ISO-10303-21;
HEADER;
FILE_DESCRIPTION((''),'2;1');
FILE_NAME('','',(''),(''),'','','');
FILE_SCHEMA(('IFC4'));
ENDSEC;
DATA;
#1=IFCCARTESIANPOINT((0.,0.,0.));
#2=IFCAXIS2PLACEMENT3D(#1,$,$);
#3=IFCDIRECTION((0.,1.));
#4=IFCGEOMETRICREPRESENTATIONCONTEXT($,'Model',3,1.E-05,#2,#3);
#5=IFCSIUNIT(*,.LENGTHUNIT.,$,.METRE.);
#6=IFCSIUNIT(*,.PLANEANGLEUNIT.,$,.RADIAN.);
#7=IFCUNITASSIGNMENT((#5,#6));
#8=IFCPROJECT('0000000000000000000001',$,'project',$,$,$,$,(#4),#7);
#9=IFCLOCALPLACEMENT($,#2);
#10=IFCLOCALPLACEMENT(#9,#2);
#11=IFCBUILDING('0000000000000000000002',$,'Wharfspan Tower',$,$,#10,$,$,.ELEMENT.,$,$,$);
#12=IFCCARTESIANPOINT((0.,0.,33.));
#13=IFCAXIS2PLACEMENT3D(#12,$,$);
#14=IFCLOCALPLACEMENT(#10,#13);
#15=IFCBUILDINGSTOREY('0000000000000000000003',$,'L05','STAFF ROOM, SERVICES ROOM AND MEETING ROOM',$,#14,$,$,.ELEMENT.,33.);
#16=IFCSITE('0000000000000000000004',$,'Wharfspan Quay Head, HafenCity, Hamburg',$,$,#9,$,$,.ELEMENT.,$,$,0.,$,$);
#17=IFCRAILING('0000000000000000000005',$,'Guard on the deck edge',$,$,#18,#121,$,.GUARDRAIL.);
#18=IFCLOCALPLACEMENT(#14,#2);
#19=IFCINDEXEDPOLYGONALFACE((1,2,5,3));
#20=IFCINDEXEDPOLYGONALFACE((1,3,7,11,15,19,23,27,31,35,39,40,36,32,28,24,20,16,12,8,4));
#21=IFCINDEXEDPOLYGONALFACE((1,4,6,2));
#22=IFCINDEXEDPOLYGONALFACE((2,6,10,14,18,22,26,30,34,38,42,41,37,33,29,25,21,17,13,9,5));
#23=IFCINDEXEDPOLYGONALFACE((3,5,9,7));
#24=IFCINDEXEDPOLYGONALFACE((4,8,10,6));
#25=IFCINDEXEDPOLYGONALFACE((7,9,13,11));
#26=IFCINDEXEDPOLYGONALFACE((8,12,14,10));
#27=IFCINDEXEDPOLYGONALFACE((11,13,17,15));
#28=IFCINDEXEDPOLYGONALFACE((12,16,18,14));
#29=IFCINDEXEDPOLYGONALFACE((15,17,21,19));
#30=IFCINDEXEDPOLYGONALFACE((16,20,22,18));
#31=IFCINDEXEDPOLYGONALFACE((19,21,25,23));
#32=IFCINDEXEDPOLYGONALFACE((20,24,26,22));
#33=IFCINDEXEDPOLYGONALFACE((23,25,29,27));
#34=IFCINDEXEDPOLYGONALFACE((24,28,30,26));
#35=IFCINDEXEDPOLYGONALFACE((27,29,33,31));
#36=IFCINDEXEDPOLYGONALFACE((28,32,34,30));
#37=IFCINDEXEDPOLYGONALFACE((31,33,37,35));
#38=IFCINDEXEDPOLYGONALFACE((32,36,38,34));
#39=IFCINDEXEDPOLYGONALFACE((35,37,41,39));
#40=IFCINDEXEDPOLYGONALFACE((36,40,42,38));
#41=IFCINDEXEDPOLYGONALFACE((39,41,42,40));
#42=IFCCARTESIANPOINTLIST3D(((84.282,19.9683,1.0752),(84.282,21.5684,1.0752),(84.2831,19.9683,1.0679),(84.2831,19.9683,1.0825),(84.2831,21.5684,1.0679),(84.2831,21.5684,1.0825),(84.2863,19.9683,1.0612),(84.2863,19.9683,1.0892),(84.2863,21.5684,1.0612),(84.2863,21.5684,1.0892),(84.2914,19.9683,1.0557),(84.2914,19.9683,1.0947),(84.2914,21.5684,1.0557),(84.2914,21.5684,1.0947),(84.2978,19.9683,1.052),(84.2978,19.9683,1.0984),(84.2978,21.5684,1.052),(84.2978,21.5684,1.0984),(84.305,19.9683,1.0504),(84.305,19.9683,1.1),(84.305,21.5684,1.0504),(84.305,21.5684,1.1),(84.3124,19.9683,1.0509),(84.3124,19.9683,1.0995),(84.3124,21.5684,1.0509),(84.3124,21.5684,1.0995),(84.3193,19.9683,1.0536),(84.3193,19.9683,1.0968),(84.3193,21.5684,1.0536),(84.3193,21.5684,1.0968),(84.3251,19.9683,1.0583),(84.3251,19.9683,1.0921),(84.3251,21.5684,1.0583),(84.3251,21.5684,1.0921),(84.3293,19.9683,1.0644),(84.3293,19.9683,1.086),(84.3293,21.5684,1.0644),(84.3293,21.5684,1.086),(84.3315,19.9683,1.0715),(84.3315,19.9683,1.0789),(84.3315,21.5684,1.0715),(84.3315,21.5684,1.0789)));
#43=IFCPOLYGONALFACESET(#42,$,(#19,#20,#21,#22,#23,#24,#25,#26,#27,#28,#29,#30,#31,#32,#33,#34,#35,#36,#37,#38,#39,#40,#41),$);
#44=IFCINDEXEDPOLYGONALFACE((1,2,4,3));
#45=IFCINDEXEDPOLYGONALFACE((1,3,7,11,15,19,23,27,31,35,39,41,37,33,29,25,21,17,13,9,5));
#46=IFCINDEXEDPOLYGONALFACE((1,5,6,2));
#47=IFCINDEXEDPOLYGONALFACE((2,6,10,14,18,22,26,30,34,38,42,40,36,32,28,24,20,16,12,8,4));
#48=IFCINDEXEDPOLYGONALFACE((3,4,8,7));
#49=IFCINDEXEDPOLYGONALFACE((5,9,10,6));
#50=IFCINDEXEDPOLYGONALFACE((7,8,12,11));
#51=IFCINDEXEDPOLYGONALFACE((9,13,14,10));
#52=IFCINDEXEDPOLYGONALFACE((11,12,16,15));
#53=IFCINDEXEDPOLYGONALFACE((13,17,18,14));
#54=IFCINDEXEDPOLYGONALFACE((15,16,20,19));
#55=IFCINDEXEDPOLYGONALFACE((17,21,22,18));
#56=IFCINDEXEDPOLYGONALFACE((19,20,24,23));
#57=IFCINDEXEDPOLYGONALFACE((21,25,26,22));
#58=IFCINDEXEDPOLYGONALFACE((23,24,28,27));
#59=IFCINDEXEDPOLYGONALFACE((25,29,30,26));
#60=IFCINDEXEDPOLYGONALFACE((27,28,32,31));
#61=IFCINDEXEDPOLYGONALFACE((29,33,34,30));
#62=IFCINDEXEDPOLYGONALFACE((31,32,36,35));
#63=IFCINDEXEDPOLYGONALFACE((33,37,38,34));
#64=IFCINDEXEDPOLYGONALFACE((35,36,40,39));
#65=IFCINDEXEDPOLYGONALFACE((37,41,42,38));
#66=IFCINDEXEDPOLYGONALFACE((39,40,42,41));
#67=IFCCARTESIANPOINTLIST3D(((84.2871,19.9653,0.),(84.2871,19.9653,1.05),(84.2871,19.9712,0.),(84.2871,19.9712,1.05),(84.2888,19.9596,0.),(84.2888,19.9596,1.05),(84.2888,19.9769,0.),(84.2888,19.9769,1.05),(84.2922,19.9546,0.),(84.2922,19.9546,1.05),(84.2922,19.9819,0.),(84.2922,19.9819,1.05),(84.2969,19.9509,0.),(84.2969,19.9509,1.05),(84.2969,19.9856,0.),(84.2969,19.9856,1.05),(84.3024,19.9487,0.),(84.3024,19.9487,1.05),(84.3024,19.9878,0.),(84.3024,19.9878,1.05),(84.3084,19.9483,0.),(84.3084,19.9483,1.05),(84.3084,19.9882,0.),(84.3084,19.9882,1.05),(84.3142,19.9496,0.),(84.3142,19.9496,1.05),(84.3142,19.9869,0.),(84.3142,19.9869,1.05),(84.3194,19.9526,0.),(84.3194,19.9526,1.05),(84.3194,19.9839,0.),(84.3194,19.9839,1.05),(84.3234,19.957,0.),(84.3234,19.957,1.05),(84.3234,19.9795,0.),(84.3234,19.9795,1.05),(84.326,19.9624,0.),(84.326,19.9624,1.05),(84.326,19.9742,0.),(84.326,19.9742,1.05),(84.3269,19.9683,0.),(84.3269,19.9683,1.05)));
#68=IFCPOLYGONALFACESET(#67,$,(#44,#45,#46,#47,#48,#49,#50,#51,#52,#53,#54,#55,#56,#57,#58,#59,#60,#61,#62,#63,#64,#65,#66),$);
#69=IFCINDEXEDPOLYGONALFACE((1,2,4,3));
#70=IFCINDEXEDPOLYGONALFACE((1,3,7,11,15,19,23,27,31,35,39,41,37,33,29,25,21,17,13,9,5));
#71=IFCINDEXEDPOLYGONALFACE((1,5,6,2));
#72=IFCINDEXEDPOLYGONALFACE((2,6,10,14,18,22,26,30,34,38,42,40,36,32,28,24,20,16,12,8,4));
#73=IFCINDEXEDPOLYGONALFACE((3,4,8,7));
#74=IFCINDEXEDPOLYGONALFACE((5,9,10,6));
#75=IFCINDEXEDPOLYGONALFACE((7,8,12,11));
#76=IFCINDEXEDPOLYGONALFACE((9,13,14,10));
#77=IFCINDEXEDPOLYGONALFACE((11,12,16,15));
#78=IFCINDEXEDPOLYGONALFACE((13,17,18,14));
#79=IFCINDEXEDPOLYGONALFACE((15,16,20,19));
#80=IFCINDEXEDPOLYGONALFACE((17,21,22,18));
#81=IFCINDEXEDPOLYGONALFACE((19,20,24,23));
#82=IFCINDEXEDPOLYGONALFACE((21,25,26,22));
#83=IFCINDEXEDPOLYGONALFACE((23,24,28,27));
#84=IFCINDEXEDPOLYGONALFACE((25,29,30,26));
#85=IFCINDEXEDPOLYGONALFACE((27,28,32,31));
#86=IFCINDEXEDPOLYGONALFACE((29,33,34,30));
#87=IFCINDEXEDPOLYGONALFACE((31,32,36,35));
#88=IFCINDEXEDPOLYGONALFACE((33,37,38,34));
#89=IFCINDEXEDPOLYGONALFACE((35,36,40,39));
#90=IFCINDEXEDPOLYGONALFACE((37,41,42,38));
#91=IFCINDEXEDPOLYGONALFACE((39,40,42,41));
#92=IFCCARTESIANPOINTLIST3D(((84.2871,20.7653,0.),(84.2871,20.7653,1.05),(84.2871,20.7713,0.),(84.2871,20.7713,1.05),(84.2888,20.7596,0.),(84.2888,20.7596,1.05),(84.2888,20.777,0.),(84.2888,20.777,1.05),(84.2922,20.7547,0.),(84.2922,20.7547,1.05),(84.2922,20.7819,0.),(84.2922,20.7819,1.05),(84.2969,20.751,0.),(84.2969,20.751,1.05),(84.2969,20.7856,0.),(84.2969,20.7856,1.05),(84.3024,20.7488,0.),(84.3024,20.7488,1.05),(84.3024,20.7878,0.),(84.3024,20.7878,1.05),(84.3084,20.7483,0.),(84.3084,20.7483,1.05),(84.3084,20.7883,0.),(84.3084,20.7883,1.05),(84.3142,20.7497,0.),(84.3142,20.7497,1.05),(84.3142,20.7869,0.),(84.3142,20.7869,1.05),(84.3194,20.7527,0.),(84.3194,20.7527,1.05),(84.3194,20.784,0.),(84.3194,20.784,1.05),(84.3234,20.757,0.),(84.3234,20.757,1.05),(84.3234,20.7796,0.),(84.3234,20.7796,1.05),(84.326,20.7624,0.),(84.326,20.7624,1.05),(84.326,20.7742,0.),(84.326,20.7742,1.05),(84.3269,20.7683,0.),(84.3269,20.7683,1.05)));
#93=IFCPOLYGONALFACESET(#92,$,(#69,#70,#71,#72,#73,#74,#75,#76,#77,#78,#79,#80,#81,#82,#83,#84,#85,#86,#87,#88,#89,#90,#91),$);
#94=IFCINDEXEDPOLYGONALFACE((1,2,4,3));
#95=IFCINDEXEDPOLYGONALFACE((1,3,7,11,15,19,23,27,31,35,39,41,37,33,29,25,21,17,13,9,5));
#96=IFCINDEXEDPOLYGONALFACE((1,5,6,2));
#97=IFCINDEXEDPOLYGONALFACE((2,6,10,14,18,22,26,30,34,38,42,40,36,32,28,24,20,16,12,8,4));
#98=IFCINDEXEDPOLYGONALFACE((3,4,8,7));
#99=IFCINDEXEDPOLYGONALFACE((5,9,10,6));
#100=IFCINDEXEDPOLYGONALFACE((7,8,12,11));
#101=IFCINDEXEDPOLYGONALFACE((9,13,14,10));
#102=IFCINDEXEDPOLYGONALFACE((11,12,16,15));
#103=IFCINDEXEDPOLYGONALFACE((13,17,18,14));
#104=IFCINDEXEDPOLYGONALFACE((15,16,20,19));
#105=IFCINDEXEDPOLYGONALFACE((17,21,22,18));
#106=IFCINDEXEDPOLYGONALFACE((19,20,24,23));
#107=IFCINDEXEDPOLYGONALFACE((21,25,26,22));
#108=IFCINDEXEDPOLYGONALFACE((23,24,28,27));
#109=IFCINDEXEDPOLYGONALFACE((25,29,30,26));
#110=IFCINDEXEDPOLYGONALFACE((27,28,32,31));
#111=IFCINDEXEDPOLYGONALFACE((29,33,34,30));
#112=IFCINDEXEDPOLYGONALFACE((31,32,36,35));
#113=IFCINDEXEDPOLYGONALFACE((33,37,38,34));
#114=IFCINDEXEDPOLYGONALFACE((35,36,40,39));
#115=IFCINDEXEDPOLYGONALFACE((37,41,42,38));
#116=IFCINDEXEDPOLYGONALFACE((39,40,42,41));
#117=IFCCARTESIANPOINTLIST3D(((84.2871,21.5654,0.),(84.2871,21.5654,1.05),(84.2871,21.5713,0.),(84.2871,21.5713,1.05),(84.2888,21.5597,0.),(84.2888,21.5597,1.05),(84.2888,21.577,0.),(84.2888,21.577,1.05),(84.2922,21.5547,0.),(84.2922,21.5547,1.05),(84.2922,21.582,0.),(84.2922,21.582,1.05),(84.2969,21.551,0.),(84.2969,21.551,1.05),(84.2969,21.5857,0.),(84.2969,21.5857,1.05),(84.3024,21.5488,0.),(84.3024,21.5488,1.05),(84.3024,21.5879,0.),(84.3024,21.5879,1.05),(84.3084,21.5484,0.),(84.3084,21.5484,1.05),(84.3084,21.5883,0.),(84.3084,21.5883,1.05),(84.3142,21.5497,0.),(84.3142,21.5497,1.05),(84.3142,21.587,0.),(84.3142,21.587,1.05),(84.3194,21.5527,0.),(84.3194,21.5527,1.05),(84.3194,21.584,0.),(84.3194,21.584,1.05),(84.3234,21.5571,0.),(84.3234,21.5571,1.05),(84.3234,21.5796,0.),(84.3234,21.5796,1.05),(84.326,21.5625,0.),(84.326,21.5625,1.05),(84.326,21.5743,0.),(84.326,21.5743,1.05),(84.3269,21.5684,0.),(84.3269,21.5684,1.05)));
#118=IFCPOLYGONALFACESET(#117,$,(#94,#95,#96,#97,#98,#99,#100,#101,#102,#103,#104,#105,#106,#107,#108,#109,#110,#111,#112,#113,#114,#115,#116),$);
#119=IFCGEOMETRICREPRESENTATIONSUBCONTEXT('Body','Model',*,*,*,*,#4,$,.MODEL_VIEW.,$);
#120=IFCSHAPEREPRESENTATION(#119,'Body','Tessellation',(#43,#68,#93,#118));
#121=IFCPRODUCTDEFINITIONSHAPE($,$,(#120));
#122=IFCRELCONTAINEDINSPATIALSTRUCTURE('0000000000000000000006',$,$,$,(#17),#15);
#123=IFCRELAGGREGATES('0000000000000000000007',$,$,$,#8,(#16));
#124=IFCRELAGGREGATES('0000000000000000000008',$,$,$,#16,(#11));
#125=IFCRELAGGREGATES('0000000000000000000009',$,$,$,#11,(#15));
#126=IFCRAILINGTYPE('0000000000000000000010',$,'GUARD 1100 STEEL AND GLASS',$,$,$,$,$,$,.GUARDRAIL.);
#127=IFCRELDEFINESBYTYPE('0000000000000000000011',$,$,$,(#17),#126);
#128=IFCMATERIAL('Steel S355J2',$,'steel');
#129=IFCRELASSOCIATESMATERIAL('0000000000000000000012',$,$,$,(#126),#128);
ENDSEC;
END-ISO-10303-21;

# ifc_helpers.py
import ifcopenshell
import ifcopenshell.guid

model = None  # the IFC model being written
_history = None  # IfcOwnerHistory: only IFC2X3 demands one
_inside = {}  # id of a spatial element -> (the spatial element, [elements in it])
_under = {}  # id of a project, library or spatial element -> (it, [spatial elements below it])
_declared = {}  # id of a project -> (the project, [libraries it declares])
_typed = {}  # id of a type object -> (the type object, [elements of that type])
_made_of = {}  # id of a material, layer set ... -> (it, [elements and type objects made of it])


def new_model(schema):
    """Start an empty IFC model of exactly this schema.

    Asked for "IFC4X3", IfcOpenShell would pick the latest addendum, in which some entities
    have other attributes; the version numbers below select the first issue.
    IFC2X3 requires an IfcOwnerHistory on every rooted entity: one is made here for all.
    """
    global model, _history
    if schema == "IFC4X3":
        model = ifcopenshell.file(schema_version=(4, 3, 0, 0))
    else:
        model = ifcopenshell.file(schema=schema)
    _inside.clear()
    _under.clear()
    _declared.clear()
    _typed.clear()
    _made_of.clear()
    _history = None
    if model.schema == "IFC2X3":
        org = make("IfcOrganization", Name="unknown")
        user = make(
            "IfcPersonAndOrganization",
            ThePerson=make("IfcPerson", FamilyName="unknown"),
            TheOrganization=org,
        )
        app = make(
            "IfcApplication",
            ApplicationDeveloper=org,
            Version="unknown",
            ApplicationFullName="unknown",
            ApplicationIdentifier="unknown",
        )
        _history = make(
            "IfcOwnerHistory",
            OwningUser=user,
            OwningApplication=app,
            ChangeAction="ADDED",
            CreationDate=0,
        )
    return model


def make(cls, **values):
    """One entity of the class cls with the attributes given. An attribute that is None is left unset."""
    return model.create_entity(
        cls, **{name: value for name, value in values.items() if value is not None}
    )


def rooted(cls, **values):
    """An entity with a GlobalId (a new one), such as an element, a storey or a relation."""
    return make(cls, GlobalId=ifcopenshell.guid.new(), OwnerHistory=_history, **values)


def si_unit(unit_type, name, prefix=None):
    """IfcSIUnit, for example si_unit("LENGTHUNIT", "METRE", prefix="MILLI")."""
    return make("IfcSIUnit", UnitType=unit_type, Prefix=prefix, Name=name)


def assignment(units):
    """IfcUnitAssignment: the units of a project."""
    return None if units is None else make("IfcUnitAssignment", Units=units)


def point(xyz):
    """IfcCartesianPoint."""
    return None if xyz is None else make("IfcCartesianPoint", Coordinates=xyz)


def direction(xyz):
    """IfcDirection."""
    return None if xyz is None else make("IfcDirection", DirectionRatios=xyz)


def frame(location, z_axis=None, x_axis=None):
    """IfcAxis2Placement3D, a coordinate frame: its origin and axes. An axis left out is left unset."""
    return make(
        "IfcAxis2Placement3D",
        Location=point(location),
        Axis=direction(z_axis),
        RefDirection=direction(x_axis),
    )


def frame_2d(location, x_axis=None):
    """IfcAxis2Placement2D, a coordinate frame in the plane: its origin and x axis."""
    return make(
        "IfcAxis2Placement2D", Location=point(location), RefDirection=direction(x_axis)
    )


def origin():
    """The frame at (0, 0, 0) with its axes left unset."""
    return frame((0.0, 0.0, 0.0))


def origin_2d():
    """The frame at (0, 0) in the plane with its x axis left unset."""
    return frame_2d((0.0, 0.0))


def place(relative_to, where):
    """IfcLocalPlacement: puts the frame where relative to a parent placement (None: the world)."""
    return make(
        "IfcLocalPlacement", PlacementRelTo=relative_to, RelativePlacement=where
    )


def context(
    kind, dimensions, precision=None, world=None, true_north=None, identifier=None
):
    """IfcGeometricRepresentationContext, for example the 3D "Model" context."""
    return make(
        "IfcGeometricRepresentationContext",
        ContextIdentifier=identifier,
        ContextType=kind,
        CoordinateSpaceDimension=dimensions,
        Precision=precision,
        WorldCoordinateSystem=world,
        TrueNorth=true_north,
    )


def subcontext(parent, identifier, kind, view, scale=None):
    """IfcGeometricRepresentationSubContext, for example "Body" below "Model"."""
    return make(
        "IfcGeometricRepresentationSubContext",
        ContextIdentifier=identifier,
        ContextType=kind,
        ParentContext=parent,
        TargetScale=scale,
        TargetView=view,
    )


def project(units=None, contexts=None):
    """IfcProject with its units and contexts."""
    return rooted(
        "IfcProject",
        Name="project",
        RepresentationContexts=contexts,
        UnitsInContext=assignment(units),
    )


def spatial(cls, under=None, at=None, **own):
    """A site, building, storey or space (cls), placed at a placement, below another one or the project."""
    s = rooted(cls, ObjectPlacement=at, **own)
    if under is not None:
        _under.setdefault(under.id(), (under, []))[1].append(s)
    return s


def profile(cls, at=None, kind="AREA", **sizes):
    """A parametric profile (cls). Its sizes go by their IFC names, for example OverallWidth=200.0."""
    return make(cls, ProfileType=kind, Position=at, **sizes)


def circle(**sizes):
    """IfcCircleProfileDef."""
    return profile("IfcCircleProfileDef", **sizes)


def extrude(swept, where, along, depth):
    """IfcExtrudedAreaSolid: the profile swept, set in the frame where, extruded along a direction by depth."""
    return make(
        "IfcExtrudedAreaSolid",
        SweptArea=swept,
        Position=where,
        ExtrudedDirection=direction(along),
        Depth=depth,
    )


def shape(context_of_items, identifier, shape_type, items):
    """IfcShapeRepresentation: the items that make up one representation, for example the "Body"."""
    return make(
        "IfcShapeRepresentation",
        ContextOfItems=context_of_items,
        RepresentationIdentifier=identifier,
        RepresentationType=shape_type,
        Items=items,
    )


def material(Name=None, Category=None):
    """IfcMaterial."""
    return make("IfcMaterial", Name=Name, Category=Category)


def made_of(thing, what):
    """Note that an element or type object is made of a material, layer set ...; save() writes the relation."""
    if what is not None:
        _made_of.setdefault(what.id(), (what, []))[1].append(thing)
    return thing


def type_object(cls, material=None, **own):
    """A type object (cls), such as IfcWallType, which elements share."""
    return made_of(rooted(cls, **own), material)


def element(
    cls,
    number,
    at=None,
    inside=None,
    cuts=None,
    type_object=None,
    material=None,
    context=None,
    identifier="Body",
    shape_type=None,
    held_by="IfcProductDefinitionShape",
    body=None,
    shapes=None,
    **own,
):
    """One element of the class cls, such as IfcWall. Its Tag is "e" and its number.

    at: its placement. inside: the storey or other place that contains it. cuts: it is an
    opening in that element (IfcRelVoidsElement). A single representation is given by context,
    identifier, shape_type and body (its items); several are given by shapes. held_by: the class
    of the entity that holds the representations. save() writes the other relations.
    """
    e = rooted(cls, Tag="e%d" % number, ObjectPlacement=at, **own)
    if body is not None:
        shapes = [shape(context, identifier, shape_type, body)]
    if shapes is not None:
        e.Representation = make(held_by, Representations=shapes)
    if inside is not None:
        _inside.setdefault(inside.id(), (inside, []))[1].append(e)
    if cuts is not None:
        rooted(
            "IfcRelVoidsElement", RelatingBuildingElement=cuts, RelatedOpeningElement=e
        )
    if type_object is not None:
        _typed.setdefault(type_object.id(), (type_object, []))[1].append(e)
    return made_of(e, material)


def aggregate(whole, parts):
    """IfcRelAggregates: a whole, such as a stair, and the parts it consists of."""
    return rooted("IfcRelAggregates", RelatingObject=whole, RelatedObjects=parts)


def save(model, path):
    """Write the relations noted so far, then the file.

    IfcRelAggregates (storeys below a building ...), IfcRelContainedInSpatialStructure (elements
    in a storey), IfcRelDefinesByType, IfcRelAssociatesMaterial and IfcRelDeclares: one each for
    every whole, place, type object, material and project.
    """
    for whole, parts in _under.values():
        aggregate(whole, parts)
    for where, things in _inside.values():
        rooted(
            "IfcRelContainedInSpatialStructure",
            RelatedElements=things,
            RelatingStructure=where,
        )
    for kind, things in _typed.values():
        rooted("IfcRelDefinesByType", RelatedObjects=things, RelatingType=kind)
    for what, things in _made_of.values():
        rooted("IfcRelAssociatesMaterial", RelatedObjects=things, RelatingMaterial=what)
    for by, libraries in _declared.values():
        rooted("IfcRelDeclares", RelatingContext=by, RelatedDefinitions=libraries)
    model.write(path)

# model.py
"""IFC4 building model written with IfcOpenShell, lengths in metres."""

from ifc_helpers import new_model, si_unit, direction, frame, origin, origin_2d, place, context, subcontext, project, spatial, circle, extrude, material, type_object, element, save


model = new_model("IFC4")

# Units and contexts
model_context = context("Model", 3, precision=1e-05, world=origin(), true_north=direction((0.0, 1.0)))
body_context = subcontext(model_context, "Body", "Model", "MODEL_VIEW")
ifc_project = project(units=[si_unit("LENGTHUNIT", "METRE"), si_unit("PLANEANGLEUNIT", "RADIAN")], contexts=[model_context])

# Site, building, storey
site_placement = place(None, origin())
site = spatial("IfcSite", under=ifc_project, at=site_placement, Name="Wharfspan Quay Head, HafenCity, Hamburg", CompositionType="ELEMENT", RefElevation=0.0)
building_placement = place(site_placement, origin())
building = spatial("IfcBuilding", under=site, at=building_placement, Name="Wharfspan Tower", CompositionType="ELEMENT")
storey_placement = place(building_placement, frame((0.0, 0.0, 33.0)))
storey = spatial("IfcBuildingStorey", under=building, at=storey_placement, Name="L05", Description="STAFF ROOM, SERVICES ROOM AND MEETING ROOM", CompositionType="ELEMENT", Elevation=33.0)

# Railing
ifc_material_1 = material(Name="Steel S355J2", Category="steel")
railing_type = type_object("IfcRailingType", Name="GUARD 1100 STEEL AND GLASS", PredefinedType="GUARDRAIL", material=ifc_material_1)
railing_1_placement = place(storey_placement, frame((84.3069, 19.9683, 0.0)))
element("IfcRailing", 1, at=railing_1_placement, inside=storey, type_object=railing_type, Name="Guard on the deck edge", PredefinedType="GUARDRAIL", context=body_context, shape_type="SweptSolid", body=[
    extrude(circle(Radius=0.0249, at=origin_2d()), frame((0.0, 0.0, 1.0752), z_axis=(0.0, 1.0, 0.0), x_axis=(-1.0, 0.0, 0.0)), (0.0, 0.0, 1.0), 1.6001),
    extrude(circle(Radius=0.02, at=origin_2d()), origin(), (0.0, 0.0, 1.0), 1.05),
    extrude(circle(Radius=0.02, at=origin_2d()), frame((0.0, 0.8, 0.0)), (0.0, 0.0, 1.0), 1.05),
    extrude(circle(Radius=0.02, at=origin_2d()), frame((0.0, 1.6001, 0.0)), (0.0, 0.0, 1.0), 1.05),
])

save(model, "model.ifc")
